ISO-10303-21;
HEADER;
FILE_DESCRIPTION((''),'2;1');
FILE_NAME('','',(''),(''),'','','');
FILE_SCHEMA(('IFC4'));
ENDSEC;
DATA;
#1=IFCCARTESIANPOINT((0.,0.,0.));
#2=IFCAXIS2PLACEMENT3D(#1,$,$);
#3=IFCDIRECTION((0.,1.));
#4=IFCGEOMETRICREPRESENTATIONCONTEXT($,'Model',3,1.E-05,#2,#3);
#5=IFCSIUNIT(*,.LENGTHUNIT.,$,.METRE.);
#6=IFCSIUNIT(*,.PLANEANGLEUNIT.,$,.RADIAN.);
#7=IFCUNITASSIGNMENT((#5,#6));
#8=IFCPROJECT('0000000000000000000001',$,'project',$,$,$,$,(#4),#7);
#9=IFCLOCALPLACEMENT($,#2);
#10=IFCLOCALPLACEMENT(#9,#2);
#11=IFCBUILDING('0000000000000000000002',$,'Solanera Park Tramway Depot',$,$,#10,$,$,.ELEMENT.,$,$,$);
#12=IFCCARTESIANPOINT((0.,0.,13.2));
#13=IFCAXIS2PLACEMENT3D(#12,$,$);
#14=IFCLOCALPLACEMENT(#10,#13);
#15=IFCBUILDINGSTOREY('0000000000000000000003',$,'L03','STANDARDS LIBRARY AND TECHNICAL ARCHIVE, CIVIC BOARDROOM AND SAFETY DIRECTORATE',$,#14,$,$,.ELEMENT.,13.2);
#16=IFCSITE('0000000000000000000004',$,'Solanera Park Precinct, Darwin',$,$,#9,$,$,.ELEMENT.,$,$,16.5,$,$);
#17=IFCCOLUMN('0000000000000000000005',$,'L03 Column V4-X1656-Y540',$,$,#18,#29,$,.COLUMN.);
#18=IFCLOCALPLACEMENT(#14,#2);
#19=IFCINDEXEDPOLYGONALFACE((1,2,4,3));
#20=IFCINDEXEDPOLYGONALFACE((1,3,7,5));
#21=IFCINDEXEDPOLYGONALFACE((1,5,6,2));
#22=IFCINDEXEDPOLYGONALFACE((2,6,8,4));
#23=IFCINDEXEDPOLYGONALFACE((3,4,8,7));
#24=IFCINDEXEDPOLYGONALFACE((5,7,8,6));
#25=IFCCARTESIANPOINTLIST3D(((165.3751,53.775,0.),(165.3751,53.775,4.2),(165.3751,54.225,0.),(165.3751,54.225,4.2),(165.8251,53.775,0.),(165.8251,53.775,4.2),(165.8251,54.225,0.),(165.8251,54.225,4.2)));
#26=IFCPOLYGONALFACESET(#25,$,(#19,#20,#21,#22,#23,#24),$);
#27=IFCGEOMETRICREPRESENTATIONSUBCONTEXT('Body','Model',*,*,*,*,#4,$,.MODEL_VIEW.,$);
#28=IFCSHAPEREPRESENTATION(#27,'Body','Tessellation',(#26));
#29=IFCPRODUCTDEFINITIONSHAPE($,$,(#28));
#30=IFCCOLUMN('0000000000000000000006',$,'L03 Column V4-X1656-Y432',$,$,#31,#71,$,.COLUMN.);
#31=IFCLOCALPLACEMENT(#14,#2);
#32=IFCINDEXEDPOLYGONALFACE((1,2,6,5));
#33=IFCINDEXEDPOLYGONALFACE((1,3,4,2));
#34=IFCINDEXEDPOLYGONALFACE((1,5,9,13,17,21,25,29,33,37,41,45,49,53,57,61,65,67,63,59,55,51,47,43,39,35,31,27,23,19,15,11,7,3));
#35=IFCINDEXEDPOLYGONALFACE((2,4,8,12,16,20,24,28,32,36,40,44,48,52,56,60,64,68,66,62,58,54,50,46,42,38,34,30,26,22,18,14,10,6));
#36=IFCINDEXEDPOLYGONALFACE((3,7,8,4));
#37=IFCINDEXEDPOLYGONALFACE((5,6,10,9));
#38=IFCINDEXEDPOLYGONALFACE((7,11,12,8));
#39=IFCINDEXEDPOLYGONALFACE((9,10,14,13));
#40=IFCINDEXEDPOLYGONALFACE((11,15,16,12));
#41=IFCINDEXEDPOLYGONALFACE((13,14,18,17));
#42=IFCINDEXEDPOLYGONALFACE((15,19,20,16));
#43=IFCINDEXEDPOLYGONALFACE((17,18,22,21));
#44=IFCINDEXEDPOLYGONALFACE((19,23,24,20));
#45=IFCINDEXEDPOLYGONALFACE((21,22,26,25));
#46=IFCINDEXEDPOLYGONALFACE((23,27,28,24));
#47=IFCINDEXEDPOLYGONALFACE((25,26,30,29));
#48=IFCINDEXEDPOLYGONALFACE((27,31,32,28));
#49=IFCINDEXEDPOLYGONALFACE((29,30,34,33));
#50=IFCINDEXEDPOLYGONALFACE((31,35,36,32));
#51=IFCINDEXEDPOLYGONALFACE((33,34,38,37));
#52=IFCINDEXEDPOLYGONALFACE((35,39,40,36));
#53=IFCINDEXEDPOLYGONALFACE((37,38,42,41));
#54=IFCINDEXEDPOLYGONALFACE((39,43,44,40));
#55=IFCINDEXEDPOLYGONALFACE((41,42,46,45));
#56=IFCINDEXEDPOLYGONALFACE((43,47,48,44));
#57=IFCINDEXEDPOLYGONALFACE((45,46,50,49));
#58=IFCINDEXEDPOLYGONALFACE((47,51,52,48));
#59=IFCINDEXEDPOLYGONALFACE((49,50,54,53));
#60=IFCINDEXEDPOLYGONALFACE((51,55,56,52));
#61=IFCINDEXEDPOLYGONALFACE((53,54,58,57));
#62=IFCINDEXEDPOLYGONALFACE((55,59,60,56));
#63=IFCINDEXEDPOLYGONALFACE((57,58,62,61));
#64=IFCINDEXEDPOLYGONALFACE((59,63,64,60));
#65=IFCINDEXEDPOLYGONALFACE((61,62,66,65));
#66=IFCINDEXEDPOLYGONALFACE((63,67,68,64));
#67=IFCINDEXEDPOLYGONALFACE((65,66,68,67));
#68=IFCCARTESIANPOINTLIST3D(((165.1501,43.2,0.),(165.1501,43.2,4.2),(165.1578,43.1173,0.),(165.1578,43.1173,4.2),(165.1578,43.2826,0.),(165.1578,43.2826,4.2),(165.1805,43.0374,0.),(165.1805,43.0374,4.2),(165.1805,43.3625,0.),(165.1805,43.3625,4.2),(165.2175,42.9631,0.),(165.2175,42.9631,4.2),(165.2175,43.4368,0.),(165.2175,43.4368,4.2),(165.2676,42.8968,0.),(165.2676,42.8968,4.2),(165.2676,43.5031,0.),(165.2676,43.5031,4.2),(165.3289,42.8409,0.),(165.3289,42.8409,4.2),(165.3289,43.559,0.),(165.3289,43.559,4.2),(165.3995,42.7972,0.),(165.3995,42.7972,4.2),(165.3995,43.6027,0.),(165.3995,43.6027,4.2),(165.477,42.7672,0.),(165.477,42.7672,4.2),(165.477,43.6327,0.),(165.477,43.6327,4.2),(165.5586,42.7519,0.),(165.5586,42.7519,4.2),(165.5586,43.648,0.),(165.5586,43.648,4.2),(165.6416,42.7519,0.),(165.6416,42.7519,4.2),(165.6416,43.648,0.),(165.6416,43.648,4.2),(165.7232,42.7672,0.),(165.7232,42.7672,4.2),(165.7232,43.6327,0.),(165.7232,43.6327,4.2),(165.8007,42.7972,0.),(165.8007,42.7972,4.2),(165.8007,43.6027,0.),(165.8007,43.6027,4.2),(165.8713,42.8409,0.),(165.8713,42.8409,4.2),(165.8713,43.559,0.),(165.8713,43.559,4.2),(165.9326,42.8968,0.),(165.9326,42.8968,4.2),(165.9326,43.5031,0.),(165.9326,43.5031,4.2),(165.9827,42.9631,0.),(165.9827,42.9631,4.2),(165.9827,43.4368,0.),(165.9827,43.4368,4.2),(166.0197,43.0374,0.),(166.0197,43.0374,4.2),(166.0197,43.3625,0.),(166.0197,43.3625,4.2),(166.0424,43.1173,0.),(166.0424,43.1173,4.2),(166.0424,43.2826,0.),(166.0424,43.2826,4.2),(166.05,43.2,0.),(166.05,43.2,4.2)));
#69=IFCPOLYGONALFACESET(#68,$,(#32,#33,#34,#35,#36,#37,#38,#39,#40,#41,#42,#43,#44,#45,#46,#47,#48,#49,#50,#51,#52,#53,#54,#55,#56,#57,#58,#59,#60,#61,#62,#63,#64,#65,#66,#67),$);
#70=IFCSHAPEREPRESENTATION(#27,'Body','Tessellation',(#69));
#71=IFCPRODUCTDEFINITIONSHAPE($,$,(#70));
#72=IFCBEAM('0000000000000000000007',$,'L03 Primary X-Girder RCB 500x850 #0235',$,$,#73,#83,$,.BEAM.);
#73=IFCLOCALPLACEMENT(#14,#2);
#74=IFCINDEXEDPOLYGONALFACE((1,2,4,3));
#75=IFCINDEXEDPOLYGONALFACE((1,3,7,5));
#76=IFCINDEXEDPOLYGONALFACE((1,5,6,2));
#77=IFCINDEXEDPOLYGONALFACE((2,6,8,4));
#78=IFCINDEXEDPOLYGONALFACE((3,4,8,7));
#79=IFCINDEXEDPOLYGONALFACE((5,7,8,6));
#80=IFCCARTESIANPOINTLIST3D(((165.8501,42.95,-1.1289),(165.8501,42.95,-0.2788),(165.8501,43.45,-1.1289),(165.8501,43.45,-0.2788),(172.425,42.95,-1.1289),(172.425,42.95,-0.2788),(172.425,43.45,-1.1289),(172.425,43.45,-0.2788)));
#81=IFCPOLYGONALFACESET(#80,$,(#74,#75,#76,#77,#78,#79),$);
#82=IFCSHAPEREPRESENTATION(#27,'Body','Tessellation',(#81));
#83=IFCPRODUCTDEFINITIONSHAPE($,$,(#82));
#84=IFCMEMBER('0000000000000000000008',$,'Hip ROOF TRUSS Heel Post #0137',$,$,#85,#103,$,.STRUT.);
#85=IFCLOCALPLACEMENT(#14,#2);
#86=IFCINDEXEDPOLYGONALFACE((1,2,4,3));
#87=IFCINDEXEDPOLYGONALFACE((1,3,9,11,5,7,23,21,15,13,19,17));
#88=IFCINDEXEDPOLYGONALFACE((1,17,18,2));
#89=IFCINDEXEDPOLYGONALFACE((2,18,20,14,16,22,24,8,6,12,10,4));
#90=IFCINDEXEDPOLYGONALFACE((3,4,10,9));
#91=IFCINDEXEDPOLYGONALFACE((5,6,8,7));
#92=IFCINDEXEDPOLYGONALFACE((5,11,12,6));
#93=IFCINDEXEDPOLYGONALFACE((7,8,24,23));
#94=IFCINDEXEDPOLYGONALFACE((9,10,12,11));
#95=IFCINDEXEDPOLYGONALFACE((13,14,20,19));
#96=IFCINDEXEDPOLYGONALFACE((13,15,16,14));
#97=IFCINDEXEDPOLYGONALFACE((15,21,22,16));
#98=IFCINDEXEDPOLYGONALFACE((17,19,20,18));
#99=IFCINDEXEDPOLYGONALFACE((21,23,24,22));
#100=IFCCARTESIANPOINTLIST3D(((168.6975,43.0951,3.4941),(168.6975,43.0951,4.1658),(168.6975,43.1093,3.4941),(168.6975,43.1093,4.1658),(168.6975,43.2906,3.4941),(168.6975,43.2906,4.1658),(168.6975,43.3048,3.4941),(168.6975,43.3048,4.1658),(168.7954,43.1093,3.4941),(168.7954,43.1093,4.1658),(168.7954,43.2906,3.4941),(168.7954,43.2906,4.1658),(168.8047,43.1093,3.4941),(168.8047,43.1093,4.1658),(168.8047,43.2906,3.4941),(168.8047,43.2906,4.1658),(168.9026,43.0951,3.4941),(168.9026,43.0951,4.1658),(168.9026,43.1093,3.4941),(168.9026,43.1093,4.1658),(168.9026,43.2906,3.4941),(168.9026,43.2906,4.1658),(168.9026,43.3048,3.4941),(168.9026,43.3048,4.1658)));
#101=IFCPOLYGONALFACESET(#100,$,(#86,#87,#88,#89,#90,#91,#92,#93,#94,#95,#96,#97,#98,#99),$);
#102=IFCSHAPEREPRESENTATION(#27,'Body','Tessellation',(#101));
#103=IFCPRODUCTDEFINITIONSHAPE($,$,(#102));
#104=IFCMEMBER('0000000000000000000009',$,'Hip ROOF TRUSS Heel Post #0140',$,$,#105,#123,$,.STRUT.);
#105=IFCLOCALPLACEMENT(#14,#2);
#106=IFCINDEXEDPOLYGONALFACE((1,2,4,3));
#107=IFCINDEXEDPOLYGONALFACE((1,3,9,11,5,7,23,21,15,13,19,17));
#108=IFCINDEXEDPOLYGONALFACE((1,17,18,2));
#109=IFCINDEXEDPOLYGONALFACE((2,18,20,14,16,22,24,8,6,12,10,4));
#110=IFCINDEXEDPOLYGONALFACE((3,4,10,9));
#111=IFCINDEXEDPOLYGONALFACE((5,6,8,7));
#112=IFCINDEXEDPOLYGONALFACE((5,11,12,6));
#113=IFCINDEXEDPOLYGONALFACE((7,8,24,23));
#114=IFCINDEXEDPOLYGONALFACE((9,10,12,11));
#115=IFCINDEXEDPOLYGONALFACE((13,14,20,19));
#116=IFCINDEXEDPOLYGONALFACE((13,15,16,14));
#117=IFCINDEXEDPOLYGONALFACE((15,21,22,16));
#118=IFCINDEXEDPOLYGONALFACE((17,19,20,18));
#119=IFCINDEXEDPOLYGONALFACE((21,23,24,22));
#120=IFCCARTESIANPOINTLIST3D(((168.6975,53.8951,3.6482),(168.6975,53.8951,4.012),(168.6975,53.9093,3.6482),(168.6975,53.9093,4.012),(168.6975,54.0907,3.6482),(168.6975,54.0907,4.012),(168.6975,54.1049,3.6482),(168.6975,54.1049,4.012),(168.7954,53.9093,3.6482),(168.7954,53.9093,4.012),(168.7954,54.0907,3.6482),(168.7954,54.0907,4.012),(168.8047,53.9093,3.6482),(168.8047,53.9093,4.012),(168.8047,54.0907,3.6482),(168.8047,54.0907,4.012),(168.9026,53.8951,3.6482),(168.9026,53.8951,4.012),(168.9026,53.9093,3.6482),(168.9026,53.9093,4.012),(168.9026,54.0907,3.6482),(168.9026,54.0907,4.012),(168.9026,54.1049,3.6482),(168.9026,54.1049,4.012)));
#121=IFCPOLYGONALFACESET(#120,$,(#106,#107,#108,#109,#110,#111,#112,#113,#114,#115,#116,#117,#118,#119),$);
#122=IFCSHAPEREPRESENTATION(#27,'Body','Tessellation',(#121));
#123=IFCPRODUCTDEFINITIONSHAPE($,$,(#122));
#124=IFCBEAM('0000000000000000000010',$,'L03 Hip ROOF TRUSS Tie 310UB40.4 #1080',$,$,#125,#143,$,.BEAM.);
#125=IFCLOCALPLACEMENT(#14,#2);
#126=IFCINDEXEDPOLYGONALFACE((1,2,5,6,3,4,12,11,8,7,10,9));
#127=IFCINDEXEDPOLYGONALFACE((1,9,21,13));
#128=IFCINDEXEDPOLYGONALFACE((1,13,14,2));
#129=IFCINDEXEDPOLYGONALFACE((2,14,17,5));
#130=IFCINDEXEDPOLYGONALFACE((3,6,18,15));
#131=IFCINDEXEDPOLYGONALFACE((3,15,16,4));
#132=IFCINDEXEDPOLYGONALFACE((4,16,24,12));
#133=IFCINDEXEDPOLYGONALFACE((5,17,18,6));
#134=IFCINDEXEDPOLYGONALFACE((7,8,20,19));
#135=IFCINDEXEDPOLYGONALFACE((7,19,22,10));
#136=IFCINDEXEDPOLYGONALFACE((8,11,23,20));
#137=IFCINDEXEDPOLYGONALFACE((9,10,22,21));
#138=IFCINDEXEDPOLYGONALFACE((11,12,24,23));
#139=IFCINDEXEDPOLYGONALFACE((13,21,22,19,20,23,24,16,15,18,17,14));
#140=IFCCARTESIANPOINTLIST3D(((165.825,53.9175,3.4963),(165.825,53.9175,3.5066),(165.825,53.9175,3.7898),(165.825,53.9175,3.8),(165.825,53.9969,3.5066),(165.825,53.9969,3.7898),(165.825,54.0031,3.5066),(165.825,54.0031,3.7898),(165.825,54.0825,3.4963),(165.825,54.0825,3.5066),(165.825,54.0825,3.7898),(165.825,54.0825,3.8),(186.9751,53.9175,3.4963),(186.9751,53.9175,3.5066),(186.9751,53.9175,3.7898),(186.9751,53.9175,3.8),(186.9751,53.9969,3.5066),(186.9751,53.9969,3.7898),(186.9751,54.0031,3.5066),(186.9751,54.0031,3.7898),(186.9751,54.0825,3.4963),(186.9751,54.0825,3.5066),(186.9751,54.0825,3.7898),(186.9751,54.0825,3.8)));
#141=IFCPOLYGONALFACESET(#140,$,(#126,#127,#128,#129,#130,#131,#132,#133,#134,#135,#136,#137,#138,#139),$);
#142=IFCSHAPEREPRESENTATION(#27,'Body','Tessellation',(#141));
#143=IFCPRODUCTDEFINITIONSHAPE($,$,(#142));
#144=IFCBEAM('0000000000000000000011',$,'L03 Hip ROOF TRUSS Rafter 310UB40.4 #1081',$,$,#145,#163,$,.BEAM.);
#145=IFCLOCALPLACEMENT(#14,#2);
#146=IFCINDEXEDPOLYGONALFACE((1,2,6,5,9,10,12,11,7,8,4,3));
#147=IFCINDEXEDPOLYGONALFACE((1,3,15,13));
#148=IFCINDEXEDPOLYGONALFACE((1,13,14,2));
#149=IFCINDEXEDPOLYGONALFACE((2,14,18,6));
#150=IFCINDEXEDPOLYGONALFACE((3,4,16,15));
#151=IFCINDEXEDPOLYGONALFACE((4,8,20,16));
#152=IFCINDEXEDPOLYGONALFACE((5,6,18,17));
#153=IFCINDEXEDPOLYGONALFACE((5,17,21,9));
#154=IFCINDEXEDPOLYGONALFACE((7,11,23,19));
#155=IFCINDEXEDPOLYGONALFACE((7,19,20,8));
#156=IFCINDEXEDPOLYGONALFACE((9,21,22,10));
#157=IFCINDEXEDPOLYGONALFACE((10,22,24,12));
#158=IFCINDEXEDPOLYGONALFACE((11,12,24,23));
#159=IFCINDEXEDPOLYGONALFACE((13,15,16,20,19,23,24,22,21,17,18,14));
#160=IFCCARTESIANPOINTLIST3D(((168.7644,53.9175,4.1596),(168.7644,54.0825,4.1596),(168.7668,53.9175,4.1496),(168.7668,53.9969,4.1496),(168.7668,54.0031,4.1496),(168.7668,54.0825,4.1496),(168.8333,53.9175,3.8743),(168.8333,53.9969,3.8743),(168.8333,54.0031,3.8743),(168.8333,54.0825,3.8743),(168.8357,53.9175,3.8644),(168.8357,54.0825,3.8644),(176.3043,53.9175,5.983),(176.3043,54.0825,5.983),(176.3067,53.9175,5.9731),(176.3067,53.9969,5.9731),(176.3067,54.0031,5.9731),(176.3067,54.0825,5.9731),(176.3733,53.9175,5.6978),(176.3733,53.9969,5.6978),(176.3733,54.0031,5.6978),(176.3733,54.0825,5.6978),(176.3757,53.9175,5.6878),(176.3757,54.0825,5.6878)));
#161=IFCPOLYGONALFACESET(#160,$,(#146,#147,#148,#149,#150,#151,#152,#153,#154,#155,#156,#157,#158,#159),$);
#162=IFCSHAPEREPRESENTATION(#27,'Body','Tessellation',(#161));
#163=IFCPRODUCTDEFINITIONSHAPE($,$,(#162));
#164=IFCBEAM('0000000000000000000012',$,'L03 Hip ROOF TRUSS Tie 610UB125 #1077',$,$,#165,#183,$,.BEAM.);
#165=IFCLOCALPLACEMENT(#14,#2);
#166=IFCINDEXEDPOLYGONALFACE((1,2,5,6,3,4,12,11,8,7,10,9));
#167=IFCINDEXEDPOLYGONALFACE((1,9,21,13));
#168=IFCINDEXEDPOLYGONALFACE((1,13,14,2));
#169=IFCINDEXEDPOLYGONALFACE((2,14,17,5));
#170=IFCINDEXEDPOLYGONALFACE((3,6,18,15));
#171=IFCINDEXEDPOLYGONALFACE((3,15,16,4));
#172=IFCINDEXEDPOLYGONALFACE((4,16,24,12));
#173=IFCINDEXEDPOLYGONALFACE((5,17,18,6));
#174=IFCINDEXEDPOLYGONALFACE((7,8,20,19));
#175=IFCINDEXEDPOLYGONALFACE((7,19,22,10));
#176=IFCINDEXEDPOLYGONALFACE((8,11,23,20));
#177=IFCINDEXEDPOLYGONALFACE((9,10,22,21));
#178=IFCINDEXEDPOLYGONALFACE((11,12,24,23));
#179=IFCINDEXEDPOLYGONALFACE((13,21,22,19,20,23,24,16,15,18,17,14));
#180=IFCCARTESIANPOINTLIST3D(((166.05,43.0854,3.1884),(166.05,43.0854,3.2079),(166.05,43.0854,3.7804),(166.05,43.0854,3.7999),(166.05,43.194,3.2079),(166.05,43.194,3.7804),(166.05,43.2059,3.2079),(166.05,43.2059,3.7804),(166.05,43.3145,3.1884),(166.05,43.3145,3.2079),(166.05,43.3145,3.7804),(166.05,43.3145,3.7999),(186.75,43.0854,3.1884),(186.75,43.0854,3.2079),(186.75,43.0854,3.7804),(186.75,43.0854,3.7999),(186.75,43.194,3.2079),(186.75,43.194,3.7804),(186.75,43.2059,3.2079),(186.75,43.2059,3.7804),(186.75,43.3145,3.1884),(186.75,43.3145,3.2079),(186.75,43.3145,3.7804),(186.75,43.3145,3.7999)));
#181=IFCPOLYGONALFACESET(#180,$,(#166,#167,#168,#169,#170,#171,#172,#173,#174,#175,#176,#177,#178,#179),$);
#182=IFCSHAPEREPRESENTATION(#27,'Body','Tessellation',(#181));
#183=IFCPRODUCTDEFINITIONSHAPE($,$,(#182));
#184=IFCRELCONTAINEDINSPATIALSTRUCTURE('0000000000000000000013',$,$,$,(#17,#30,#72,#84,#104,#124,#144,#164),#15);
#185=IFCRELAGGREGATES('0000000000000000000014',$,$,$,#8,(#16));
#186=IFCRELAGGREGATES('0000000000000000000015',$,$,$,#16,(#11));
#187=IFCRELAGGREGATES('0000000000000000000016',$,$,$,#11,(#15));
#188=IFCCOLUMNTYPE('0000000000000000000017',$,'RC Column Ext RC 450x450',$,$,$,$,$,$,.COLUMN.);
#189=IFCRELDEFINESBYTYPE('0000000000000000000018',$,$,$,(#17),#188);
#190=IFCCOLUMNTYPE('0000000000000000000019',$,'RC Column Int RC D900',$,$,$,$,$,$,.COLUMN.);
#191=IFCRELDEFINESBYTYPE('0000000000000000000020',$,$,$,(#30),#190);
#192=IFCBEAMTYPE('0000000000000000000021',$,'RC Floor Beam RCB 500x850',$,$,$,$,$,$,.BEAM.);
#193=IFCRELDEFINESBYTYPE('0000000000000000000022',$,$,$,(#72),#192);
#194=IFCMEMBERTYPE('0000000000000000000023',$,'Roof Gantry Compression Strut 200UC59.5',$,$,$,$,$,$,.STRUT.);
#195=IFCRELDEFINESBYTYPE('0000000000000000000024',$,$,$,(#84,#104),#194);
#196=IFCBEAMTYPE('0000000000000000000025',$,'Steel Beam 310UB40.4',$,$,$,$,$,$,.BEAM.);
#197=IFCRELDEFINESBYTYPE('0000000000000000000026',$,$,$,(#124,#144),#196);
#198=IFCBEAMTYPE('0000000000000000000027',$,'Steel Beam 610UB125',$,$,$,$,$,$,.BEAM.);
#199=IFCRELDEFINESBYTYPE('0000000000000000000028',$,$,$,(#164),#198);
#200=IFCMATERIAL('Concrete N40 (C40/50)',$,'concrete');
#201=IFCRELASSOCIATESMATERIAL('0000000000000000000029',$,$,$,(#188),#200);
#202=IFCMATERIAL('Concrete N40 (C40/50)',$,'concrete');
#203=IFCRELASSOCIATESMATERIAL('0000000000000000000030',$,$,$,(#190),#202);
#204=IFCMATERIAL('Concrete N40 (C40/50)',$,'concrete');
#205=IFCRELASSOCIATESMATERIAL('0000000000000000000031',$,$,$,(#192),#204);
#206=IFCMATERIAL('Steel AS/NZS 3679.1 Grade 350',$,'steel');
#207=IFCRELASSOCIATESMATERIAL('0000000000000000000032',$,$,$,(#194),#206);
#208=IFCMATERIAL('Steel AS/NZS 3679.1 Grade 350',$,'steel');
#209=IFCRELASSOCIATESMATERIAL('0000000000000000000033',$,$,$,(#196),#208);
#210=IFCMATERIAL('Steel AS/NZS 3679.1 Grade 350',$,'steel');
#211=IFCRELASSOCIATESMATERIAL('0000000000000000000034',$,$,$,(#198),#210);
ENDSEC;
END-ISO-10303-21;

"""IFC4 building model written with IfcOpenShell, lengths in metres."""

from ifc_helpers import new_model, si_unit, direction, frame, origin, origin_2d, place, context, subcontext, project, spatial, rectangle, circle, i_section, extrude, material, material_profile, profile_set, type_object, element, save


model = new_model("IFC4")

# Units and contexts
model_context = context("Model", 3, precision=1e-05, world=origin(), true_north=direction((0.0, 1.0)))
body_context = subcontext(model_context, "Body", "Model", "MODEL_VIEW")
ifc_project = project(units=[si_unit("LENGTHUNIT", "METRE"), si_unit("PLANEANGLEUNIT", "RADIAN")], contexts=[model_context])

# Site, building, storey
site_placement = place(None, origin())
site = spatial("IfcSite", under=ifc_project, at=site_placement, Name="Solanera Park Precinct, Darwin", CompositionType="ELEMENT", RefElevation=16.5)
building_placement = place(site_placement, origin())
building = spatial("IfcBuilding", under=site, at=building_placement, Name="Solanera Park Tramway Depot", CompositionType="ELEMENT")
storey_placement = place(building_placement, frame((0.0, 0.0, 13.2)))
storey = spatial("IfcBuildingStorey", under=building, at=storey_placement, Name="L03", Description="STANDARDS LIBRARY AND TECHNICAL ARCHIVE, CIVIC BOARDROOM AND SAFETY DIRECTORATE", CompositionType="ELEMENT", Elevation=13.2)

# Columns
ifc_material_1 = material(Name="Concrete N40 (C40/50)", Category="concrete")
ifc_material_profile_1 = material_profile(ifc_material_1, rectangle(XDim=0.45, YDim=0.45, at=origin_2d()), Name="RC 450x450")
ifc_profile_set_1 = profile_set([ifc_material_profile_1], Name="Concrete N40 (C40/50)")
column_type_1 = type_object("IfcColumnType", Name="RC Column Ext RC 450x450", PredefinedType="COLUMN", material=ifc_profile_set_1)
column_1_placement = place(storey_placement, frame((165.6001, 54.0, 0.0), z_axis=(0.0, 0.0, 1.0), x_axis=(1.0, 0.0, 0.0)))
element("IfcColumn", 1, at=column_1_placement, inside=storey, type_object=column_type_1, Name="L03 Column V4-X1656-Y540", PredefinedType="COLUMN", context=body_context, shape_type="SweptSolid", body=[
    extrude(rectangle(XDim=0.45, YDim=0.45, at=origin_2d()), origin(), (0.0, 0.0, 1.0), 4.2),
])
ifc_material_2 = material(Name="Concrete N40 (C40/50)", Category="concrete")
ifc_material_profile_2 = material_profile(ifc_material_2, circle(Radius=0.45, at=origin_2d()), Name="RC D900")
ifc_profile_set_2 = profile_set([ifc_material_profile_2], Name="Concrete N40 (C40/50)")
column_type_2 = type_object("IfcColumnType", Name="RC Column Int RC D900", PredefinedType="COLUMN", material=ifc_profile_set_2)
column_2_placement = place(storey_placement, frame((165.6001, 43.2, 0.0), z_axis=(0.0, 0.0, 1.0), x_axis=(1.0, 0.0, 0.0)))
element("IfcColumn", 2, at=column_2_placement, inside=storey, type_object=column_type_2, Name="L03 Column V4-X1656-Y432", PredefinedType="COLUMN", context=body_context, shape_type="SweptSolid", body=[
    extrude(circle(Radius=0.45, at=origin_2d()), origin(), (0.0, 0.0, 1.0), 4.2),
])

# Beam
ifc_material_3 = material(Name="Concrete N40 (C40/50)", Category="concrete")
ifc_material_profile_3 = material_profile(ifc_material_3, rectangle(XDim=0.5, YDim=0.8501, at=origin_2d()), Name="RCB 500x850")
ifc_profile_set_3 = profile_set([ifc_material_profile_3], Name="Concrete N40 (C40/50)")
beam_type_1 = type_object("IfcBeamType", Name="RC Floor Beam RCB 500x850", PredefinedType="BEAM", material=ifc_profile_set_3)
beam_1_placement = place(storey_placement, frame((165.8501, 43.2, -0.7039), z_axis=(1.0, 0.0, 0.0), x_axis=(0.0, 1.0, 0.0)))
element("IfcBeam", 3, at=beam_1_placement, inside=storey, type_object=beam_type_1, Name="L03 Primary X-Girder RCB 500x850 #0235", PredefinedType="BEAM", context=body_context, shape_type="SweptSolid", body=[
    extrude(rectangle(XDim=0.5, YDim=0.8501, at=origin_2d()), origin(), (0.0, 0.0, 1.0), 6.575),
])

# Members
ifc_material_4 = material(Name="Steel AS/NZS 3679.1 Grade 350", Category="steel")
ifc_material_profile_4 = material_profile(ifc_material_4, i_section(OverallWidth=0.2051, OverallDepth=0.2097, WebThickness=0.0093, FlangeThickness=0.0142, at=origin_2d()), Name="200UC59.5")
ifc_profile_set_4 = profile_set([ifc_material_profile_4], Name="Steel AS/NZS 3679.1 Grade 350")
member_type_1 = type_object("IfcMemberType", Name="Roof Gantry Compression Strut 200UC59.5", PredefinedType="STRUT", material=ifc_profile_set_4)
member_1_placement = place(storey_placement, frame((168.8, 43.2, 3.4941), z_axis=(0.0, 0.0, 1.0), x_axis=(1.0, 0.0, 0.0)))
element("IfcMember", 4, at=member_1_placement, inside=storey, type_object=member_type_1, Name="Hip ROOF TRUSS Heel Post #0137", PredefinedType="STRUT", context=body_context, shape_type="SweptSolid", body=[
    extrude(i_section(OverallWidth=0.2051, OverallDepth=0.2097, WebThickness=0.0093, FlangeThickness=0.0142, at=origin_2d()), origin(), (0.0, 0.0, 1.0), 0.6716),
])
member_2_placement = place(storey_placement, frame((168.8, 54.0, 3.6482), z_axis=(0.0, 0.0, 1.0), x_axis=(1.0, 0.0, 0.0)))
element("IfcMember", 5, at=member_2_placement, inside=storey, type_object=member_type_1, Name="Hip ROOF TRUSS Heel Post #0140", PredefinedType="STRUT", context=body_context, shape_type="SweptSolid", body=[
    extrude(i_section(OverallWidth=0.2051, OverallDepth=0.2097, WebThickness=0.0093, FlangeThickness=0.0142, at=origin_2d()), origin(), (0.0, 0.0, 1.0), 0.3638),
])

# Beams
ifc_material_5 = material(Name="Steel AS/NZS 3679.1 Grade 350", Category="steel")
ifc_material_profile_5 = material_profile(ifc_material_5, i_section(OverallWidth=0.165, OverallDepth=0.3037, WebThickness=0.0061, FlangeThickness=0.0103, at=origin_2d()), Name="310UB40.4")
ifc_profile_set_5 = profile_set([ifc_material_profile_5], Name="Steel AS/NZS 3679.1 Grade 350")
beam_type_2 = type_object("IfcBeamType", Name="Steel Beam 310UB40.4", PredefinedType="BEAM", material=ifc_profile_set_5)
beam_2_placement = place(storey_placement, frame((165.825, 54.0, 3.6482), z_axis=(1.0, 0.0, 0.0), x_axis=(0.0, 1.0, 0.0)))
element("IfcBeam", 6, at=beam_2_placement, inside=storey, type_object=beam_type_2, Name="L03 Hip ROOF TRUSS Tie 310UB40.4 #1080", PredefinedType="BEAM", context=body_context, shape_type="SweptSolid", body=[
    extrude(i_section(OverallWidth=0.165, OverallDepth=0.3037, WebThickness=0.0061, FlangeThickness=0.0103, at=origin_2d()), origin(), (0.0, 0.0, 1.0), 21.1501),
])
beam_3_placement = place(storey_placement, frame((168.8, 54.0, 4.012), z_axis=(0.97198, 0.0, 0.235064), x_axis=(0.0, 1.0, 0.0)))
element("IfcBeam", 7, at=beam_3_placement, inside=storey, type_object=beam_type_2, Name="L03 Hip ROOF TRUSS Rafter 310UB40.4 #1081", PredefinedType="BEAM", context=body_context, shape_type="SweptSolid", body=[
    extrude(i_section(OverallWidth=0.165, OverallDepth=0.3037, WebThickness=0.0061, FlangeThickness=0.0103, at=origin_2d()), origin(), (0.0, 0.0, 1.0), 7.7573),
])
ifc_material_6 = material(Name="Steel AS/NZS 3679.1 Grade 350", Category="steel")
ifc_material_profile_6 = material_profile(ifc_material_6, i_section(OverallWidth=0.229, OverallDepth=0.6116, WebThickness=0.012, FlangeThickness=0.0195, at=origin_2d()), Name="610UB125")
ifc_profile_set_6 = profile_set([ifc_material_profile_6], Name="Steel AS/NZS 3679.1 Grade 350")
beam_type_3 = type_object("IfcBeamType", Name="Steel Beam 610UB125", PredefinedType="BEAM", material=ifc_profile_set_6)
beam_4_placement = place(storey_placement, frame((166.05, 43.2, 3.4941), z_axis=(1.0, 0.0, 0.0), x_axis=(0.0, 1.0, 0.0)))
element("IfcBeam", 8, at=beam_4_placement, inside=storey, type_object=beam_type_3, Name="L03 Hip ROOF TRUSS Tie 610UB125 #1077", PredefinedType="BEAM", context=body_context, shape_type="SweptSolid", body=[
    extrude(i_section(OverallWidth=0.229, OverallDepth=0.6116, WebThickness=0.012, FlangeThickness=0.0195, at=origin_2d()), origin(), (0.0, 0.0, 1.0), 20.7),
])

save(model, "model.ifc")
